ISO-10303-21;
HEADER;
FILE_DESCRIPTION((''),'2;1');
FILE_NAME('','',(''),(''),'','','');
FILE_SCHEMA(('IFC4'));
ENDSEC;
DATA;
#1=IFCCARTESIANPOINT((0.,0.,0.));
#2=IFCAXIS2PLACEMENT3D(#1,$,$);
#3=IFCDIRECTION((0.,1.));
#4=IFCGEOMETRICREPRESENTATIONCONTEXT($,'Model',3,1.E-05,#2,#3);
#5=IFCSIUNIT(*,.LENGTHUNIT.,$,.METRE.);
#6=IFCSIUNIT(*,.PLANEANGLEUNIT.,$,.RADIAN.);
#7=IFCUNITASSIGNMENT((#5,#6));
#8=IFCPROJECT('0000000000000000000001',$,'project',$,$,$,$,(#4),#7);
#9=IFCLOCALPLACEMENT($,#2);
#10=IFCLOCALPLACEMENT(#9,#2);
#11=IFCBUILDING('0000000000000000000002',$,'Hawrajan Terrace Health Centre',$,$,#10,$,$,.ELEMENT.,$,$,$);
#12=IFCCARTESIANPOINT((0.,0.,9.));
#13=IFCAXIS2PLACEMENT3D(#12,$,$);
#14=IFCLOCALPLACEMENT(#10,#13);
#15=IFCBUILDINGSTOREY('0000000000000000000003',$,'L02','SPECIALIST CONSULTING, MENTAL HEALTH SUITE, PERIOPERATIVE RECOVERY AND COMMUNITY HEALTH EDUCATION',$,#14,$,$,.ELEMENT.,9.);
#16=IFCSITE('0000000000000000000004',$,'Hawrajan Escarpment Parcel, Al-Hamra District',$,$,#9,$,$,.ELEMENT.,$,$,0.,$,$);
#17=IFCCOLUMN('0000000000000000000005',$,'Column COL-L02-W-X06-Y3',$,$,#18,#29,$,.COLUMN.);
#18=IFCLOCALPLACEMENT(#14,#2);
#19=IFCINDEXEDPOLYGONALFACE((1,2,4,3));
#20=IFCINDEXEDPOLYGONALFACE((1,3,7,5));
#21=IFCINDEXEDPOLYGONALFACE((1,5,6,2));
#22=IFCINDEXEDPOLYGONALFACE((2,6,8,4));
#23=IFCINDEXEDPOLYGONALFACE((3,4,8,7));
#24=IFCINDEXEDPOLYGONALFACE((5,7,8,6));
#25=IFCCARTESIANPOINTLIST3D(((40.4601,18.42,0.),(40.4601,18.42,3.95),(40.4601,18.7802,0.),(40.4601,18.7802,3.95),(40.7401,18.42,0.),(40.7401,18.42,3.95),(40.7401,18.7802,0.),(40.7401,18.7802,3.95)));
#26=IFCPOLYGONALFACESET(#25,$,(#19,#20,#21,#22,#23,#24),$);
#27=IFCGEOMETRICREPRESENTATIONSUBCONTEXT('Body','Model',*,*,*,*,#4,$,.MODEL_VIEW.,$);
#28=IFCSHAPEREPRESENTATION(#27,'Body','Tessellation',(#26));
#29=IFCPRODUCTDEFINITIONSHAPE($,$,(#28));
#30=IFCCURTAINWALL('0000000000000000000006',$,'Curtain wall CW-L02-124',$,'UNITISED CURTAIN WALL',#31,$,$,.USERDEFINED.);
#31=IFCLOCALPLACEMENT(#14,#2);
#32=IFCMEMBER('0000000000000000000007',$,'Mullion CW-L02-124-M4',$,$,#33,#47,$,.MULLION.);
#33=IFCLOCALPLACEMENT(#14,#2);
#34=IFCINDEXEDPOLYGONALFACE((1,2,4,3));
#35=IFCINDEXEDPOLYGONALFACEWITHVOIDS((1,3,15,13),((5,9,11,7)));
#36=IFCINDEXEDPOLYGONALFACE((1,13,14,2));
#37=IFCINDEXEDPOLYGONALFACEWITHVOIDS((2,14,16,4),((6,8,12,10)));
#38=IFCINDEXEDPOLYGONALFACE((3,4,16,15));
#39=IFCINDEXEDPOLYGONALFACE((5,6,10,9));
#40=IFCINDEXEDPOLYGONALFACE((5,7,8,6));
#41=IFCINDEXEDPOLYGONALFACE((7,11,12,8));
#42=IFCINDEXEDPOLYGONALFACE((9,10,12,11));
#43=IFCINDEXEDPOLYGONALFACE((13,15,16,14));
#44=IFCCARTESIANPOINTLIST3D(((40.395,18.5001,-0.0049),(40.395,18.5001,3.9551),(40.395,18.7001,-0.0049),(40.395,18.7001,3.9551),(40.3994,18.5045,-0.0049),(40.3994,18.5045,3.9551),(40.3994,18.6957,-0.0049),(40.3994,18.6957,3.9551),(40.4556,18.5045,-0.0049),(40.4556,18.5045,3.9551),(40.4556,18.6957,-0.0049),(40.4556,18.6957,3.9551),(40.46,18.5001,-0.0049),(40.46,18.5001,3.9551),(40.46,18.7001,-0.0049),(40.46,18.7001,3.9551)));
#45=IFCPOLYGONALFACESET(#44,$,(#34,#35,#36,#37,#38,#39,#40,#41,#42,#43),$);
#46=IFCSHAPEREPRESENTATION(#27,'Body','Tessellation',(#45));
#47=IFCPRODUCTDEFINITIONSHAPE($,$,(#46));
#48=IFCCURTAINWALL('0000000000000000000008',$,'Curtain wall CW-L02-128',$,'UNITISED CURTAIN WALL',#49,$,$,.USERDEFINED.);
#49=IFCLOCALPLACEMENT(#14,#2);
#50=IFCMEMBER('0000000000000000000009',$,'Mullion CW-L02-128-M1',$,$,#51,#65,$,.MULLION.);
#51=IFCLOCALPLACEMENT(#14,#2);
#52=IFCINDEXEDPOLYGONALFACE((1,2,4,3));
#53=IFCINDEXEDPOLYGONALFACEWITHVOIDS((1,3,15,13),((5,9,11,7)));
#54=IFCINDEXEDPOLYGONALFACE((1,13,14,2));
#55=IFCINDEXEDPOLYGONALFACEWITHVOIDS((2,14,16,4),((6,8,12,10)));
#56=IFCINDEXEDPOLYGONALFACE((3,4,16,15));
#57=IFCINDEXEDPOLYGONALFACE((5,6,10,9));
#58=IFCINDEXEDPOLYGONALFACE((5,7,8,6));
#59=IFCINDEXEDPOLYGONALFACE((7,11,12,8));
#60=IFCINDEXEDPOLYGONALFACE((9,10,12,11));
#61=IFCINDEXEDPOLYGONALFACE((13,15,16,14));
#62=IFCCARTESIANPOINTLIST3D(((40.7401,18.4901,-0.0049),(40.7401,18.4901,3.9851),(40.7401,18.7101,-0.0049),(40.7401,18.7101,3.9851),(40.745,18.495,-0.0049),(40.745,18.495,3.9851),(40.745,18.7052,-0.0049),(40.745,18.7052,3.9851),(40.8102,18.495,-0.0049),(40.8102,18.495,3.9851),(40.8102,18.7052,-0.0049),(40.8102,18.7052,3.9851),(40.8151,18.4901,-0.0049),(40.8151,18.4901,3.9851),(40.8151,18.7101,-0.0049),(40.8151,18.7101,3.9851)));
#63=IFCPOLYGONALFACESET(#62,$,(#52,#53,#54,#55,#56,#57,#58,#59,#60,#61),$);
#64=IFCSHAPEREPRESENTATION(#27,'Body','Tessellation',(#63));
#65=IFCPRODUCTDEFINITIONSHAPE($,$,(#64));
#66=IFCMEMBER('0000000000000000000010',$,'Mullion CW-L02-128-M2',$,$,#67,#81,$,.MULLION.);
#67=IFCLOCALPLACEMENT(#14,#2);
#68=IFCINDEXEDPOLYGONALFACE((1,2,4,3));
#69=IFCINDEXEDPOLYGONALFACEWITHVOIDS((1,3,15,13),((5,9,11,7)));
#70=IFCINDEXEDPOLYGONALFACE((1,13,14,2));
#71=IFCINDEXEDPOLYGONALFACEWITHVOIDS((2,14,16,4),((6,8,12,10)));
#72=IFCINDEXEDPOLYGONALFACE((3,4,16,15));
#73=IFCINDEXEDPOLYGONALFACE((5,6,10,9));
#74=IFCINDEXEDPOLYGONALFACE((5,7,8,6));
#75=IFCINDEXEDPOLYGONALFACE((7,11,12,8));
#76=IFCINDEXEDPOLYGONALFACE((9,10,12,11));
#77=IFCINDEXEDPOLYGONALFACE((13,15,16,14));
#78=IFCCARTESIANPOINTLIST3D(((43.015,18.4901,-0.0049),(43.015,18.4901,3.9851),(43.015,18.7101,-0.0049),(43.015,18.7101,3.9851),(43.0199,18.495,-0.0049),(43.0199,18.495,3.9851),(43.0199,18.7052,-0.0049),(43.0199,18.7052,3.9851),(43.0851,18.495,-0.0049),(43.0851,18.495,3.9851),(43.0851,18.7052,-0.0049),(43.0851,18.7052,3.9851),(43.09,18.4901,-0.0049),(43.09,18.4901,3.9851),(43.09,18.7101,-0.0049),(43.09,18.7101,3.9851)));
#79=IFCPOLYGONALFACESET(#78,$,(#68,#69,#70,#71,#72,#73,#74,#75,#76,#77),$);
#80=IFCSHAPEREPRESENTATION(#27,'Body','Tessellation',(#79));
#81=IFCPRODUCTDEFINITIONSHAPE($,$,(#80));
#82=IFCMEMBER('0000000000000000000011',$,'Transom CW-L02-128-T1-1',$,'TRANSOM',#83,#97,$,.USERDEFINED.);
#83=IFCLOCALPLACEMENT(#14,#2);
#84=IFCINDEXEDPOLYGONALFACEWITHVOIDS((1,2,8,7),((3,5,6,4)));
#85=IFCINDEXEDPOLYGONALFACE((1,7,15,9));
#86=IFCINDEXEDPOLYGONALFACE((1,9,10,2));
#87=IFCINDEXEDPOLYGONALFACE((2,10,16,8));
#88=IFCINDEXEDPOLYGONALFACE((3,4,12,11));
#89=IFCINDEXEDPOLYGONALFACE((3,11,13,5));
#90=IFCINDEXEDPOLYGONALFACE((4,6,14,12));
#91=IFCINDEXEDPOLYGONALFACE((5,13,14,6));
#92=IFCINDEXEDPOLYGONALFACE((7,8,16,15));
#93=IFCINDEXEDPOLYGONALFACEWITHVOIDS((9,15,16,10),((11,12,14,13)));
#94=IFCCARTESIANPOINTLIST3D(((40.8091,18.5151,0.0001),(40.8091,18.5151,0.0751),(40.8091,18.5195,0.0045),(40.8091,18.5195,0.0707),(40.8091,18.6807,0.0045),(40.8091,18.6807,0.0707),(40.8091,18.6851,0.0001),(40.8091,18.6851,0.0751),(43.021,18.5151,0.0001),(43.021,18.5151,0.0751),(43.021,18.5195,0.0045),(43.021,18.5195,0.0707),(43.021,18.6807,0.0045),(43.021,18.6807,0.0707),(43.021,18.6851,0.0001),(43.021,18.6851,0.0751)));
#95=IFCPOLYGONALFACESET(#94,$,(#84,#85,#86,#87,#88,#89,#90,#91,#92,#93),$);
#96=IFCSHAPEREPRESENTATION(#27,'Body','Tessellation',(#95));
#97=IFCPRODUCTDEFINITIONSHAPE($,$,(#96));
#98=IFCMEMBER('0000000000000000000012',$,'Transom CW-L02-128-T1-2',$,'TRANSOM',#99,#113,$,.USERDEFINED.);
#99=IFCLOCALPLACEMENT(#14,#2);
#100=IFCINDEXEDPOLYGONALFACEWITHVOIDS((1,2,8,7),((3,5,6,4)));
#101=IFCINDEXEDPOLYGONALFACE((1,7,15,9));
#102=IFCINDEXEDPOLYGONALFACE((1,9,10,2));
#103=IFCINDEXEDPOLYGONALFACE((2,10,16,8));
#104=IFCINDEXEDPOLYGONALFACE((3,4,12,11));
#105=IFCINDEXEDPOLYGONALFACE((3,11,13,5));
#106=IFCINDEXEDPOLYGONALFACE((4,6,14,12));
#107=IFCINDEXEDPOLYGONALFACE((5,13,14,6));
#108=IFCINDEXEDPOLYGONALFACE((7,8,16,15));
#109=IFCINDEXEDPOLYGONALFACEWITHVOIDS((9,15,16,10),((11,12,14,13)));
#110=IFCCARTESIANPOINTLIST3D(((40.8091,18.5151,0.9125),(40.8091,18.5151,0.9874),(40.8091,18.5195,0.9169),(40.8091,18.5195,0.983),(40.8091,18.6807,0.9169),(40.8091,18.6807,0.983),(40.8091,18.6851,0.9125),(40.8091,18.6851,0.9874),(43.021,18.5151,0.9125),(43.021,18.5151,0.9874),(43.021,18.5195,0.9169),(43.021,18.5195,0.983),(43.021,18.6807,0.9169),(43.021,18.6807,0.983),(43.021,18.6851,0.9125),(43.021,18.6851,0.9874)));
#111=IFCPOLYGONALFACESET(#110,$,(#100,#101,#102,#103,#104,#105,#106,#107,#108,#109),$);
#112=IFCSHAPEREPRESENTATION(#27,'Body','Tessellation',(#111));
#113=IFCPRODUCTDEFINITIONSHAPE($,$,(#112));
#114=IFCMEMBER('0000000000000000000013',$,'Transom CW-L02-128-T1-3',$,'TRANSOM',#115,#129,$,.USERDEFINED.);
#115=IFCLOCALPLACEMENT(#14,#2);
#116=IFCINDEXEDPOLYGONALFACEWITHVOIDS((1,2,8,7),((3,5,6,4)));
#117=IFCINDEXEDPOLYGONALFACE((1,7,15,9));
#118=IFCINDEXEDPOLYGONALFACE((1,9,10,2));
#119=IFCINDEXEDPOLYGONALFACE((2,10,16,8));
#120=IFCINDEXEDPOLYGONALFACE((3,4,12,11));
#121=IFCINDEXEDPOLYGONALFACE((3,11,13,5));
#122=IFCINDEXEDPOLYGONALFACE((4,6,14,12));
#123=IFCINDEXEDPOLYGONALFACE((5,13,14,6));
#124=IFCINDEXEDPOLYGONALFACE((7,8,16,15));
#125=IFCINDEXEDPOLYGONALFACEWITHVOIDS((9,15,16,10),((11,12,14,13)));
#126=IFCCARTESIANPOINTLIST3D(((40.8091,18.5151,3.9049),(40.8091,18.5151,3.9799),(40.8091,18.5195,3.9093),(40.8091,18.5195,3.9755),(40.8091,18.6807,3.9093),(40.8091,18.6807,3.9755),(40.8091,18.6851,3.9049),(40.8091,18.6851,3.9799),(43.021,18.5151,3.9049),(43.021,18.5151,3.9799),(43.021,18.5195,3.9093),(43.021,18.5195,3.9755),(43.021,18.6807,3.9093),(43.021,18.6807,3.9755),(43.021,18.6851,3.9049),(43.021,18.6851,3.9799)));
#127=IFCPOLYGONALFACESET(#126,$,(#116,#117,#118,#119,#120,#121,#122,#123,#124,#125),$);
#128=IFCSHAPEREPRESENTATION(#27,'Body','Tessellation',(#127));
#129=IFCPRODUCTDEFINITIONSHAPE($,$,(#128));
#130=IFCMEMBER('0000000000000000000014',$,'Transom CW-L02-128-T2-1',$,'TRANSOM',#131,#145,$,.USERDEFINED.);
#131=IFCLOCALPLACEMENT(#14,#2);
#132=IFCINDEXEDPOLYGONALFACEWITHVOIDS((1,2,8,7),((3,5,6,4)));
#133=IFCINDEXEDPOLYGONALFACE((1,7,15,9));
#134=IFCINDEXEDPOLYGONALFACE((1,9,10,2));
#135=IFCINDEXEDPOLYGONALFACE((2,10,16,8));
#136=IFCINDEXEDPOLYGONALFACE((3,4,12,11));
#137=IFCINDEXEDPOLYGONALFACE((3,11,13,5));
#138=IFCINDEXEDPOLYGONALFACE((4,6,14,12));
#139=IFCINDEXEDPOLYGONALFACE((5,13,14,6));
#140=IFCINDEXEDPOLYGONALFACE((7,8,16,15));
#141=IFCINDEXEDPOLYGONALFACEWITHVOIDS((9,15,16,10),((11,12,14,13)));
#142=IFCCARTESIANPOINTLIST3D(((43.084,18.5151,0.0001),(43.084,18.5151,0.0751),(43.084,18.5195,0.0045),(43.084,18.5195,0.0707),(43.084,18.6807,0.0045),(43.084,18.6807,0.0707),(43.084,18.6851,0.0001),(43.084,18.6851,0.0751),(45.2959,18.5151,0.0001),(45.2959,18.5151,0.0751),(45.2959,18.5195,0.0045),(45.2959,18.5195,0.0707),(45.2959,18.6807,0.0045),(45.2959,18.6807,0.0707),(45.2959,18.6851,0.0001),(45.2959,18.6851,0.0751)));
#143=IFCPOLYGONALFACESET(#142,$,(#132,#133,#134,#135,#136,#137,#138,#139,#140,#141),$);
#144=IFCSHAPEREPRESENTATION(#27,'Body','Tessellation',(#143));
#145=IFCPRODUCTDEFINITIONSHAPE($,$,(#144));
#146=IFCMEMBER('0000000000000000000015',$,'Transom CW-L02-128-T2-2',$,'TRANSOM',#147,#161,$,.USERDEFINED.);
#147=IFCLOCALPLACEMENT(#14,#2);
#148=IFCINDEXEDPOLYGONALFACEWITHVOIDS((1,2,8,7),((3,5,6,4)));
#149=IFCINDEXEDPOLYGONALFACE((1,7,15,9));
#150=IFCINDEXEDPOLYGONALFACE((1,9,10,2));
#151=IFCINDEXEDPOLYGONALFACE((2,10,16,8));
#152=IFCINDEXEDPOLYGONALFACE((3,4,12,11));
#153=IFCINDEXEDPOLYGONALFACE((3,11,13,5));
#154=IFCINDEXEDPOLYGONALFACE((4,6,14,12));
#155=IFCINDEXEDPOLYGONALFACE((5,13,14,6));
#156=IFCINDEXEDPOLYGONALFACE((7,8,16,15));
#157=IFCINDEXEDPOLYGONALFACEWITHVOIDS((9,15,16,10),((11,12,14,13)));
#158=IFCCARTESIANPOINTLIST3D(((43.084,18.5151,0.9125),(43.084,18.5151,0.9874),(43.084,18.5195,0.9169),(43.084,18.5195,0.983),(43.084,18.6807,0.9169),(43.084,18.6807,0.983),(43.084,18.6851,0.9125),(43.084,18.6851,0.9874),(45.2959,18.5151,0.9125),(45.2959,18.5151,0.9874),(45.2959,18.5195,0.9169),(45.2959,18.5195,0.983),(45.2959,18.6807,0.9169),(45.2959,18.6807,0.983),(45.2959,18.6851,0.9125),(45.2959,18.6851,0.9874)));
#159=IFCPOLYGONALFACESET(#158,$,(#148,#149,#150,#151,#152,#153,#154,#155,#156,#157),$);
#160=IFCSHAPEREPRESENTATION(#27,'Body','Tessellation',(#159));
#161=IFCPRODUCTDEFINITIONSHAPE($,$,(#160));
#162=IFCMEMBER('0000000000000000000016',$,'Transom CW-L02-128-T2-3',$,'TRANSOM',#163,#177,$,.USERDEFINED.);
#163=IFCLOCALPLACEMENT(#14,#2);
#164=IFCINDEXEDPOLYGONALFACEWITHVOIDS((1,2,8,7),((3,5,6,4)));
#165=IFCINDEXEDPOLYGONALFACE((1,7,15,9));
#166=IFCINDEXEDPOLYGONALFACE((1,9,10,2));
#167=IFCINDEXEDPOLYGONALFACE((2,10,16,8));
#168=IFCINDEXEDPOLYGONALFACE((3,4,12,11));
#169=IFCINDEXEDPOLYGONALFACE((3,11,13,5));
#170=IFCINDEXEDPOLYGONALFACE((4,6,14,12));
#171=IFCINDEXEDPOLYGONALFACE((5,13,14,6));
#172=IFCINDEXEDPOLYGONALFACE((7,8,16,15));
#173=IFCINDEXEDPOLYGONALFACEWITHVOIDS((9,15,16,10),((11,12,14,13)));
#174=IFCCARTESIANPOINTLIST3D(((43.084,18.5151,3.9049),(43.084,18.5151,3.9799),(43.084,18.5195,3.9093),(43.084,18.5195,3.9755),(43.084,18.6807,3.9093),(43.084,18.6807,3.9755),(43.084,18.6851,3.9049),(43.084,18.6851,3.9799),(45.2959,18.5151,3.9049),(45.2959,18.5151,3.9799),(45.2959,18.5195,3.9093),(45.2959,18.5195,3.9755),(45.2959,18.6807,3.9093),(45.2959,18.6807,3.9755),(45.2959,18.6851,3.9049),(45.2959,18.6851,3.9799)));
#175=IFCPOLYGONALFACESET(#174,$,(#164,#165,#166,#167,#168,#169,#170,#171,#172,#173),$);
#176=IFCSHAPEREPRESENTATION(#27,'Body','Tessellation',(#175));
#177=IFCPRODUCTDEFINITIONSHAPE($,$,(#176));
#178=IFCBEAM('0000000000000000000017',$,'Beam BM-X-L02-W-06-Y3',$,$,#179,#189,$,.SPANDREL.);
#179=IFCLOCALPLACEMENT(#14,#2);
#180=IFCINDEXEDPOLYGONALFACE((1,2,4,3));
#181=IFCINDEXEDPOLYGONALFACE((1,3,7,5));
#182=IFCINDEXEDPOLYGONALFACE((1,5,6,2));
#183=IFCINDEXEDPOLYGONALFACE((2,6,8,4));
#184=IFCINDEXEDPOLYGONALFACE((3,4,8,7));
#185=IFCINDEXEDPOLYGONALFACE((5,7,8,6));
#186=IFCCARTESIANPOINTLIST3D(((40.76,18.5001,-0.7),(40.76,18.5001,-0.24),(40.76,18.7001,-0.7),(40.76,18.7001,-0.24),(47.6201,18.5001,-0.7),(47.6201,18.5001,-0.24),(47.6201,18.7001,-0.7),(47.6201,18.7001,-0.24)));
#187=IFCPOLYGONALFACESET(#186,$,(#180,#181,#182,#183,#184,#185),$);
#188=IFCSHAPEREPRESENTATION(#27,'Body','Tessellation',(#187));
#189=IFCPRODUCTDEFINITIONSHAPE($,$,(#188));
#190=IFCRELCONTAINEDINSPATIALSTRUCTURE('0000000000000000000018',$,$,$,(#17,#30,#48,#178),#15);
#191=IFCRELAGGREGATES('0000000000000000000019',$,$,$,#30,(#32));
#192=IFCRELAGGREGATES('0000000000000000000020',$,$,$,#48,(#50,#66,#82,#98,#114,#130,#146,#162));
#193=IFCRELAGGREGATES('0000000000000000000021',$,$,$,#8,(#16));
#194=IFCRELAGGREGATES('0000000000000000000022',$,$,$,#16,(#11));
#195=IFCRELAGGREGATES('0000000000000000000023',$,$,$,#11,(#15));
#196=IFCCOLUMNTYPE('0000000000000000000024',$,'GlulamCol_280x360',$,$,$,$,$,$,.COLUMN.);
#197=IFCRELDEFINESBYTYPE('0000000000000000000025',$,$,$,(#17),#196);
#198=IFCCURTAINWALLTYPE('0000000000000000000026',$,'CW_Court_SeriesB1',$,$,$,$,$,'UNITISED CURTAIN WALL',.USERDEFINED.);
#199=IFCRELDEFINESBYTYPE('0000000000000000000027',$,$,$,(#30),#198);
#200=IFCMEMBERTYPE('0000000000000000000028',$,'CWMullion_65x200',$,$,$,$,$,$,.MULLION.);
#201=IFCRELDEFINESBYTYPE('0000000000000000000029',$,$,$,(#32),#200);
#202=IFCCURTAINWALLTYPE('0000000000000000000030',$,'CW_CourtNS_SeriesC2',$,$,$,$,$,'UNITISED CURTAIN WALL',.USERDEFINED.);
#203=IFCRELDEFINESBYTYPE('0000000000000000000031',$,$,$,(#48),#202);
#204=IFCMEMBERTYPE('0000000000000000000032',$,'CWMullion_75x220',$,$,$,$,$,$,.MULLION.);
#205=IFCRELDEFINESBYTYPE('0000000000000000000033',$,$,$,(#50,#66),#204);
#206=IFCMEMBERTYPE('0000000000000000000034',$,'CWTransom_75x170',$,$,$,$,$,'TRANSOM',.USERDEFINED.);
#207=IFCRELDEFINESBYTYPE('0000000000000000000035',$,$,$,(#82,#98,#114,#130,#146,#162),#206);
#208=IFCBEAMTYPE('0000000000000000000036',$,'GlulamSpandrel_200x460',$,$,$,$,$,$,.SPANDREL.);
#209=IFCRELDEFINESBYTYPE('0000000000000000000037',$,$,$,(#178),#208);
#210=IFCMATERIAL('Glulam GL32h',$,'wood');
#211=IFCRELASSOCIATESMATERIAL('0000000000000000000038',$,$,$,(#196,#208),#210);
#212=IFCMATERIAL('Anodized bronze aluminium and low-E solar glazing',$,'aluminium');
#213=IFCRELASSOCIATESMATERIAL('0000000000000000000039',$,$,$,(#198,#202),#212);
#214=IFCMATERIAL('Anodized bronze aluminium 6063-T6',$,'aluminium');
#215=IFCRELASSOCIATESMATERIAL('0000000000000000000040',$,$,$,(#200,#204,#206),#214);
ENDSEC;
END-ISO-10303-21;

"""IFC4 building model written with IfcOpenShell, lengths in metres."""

from ifc_helpers import new_model, si_unit, direction, frame, origin, origin_2d, place, context, subcontext, project, spatial, rectangle, hollow_rectangle, extrude, material, material_profile, profile_set, type_object, element, aggregate, save


model = new_model("IFC4")

# Units and contexts
model_context = context("Model", 3, precision=1e-05, world=origin(), true_north=direction((0.0, 1.0)))
body_context = subcontext(model_context, "Body", "Model", "MODEL_VIEW")
ifc_project = project(units=[si_unit("LENGTHUNIT", "METRE"), si_unit("PLANEANGLEUNIT", "RADIAN")], contexts=[model_context])

# Site, building, storey
site_placement = place(None, origin())
site = spatial("IfcSite", under=ifc_project, at=site_placement, Name="Hawrajan Escarpment Parcel, Al-Hamra District", CompositionType="ELEMENT", RefElevation=0.0)
building_placement = place(site_placement, origin())
building = spatial("IfcBuilding", under=site, at=building_placement, Name="Hawrajan Terrace Health Centre", CompositionType="ELEMENT")
storey_placement = place(building_placement, frame((0.0, 0.0, 9.0)))
storey = spatial("IfcBuildingStorey", under=building, at=storey_placement, Name="L02", Description="SPECIALIST CONSULTING, MENTAL HEALTH SUITE, PERIOPERATIVE RECOVERY AND COMMUNITY HEALTH EDUCATION", CompositionType="ELEMENT", Elevation=9.0)

# Column
ifc_material_1 = material(Name="Glulam GL32h", Category="wood")
ifc_material_profile_1 = material_profile(ifc_material_1, rectangle(XDim=0.28, YDim=0.3601, at=origin_2d()), Name="GL 280x360")
ifc_profile_set_1 = profile_set([ifc_material_profile_1], Name="Glulam GL32h")
column_type = type_object("IfcColumnType", Name="GlulamCol_280x360", PredefinedType="COLUMN", material=ifc_profile_set_1)
column_placement = place(storey_placement, frame((40.6001, 18.6001, 0.0), z_axis=(0.0, 0.0, 1.0), x_axis=(1.0, 0.0, 0.0)))
element("IfcColumn", 1, at=column_placement, inside=storey, type_object=column_type, Name="Column COL-L02-W-X06-Y3", PredefinedType="COLUMN", context=body_context, shape_type="SweptSolid", body=[
    extrude(rectangle(XDim=0.28, YDim=0.3601, at=origin_2d()), origin(), (0.0, 0.0, 1.0), 3.95),
])

# Curtain wall, member
ifc_material_2 = material(Name="Anodized bronze aluminium and low-E solar glazing", Category="aluminium")
curtain_wall_type_1 = type_object("IfcCurtainWallType", Name="CW_Court_SeriesB1", ElementType="UNITISED CURTAIN WALL", PredefinedType="USERDEFINED", material=ifc_material_2)
curtain_wall_1_placement = place(storey_placement, origin())
curtain_wall_1 = element("IfcCurtainWall", 2, at=curtain_wall_1_placement, inside=storey, type_object=curtain_wall_type_1, Name="Curtain wall CW-L02-124", ObjectType="UNITISED CURTAIN WALL", PredefinedType="USERDEFINED")
ifc_material_3 = material(Name="Anodized bronze aluminium 6063-T6", Category="aluminium")
ifc_material_profile_2 = material_profile(ifc_material_3, hollow_rectangle(XDim=0.0649, YDim=0.2, WallThickness=0.0044, at=origin_2d()), Name="CW MUL 65x200")
ifc_profile_set_2 = profile_set([ifc_material_profile_2], Name="Anodized bronze aluminium 6063-T6")
member_type_1 = type_object("IfcMemberType", Name="CWMullion_65x200", PredefinedType="MULLION", material=ifc_profile_set_2)
member_1_placement = place(storey_placement, frame((40.4275, 18.6001, -0.0049), z_axis=(0.0, 0.0, 1.0), x_axis=(1.0, 0.0, 0.0)))
member_1 = element("IfcMember", 3, at=member_1_placement, type_object=member_type_1, Name="Mullion CW-L02-124-M4", PredefinedType="MULLION", context=body_context, shape_type="SweptSolid", body=[
    extrude(hollow_rectangle(XDim=0.0649, YDim=0.2, WallThickness=0.0044, at=origin_2d()), origin(), (0.0, 0.0, 1.0), 3.96),
])
aggregate(curtain_wall_1, [member_1])

# Curtain wall, members
curtain_wall_type_2 = type_object("IfcCurtainWallType", Name="CW_CourtNS_SeriesC2", ElementType="UNITISED CURTAIN WALL", PredefinedType="USERDEFINED", material=ifc_material_2)
curtain_wall_2_placement = place(storey_placement, origin())
curtain_wall_2 = element("IfcCurtainWall", 4, at=curtain_wall_2_placement, inside=storey, type_object=curtain_wall_type_2, Name="Curtain wall CW-L02-128", ObjectType="UNITISED CURTAIN WALL", PredefinedType="USERDEFINED")
ifc_material_profile_3 = material_profile(ifc_material_3, hollow_rectangle(XDim=0.075, YDim=0.22, WallThickness=0.0049, at=origin_2d()), Name="CW MUL 75x220")
ifc_profile_set_3 = profile_set([ifc_material_profile_3], Name="Anodized bronze aluminium 6063-T6")
member_type_2 = type_object("IfcMemberType", Name="CWMullion_75x220", PredefinedType="MULLION", material=ifc_profile_set_3)
member_2_placement = place(storey_placement, frame((40.7776, 18.6001, -0.0049), z_axis=(0.0, 0.0, 1.0), x_axis=(1.0, 0.0, 0.0)))
member_2 = element("IfcMember", 5, at=member_2_placement, type_object=member_type_2, Name="Mullion CW-L02-128-M1", PredefinedType="MULLION", context=body_context, shape_type="SweptSolid", body=[
    extrude(hollow_rectangle(XDim=0.075, YDim=0.22, WallThickness=0.0049, at=origin_2d()), origin(), (0.0, 0.0, 1.0), 3.99),
])
member_3_placement = place(storey_placement, frame((43.0525, 18.6001, -0.0049), z_axis=(0.0, 0.0, 1.0), x_axis=(1.0, 0.0, 0.0)))
member_3 = element("IfcMember", 6, at=member_3_placement, type_object=member_type_2, Name="Mullion CW-L02-128-M2", PredefinedType="MULLION", context=body_context, shape_type="SweptSolid", body=[
    extrude(hollow_rectangle(XDim=0.075, YDim=0.22, WallThickness=0.0049, at=origin_2d()), origin(), (0.0, 0.0, 1.0), 3.99),
])
ifc_material_profile_4 = material_profile(ifc_material_3, hollow_rectangle(XDim=0.075, YDim=0.1699, WallThickness=0.0044, at=origin_2d()), Name="CW TRN 75x170")
ifc_profile_set_4 = profile_set([ifc_material_profile_4], Name="Anodized bronze aluminium 6063-T6")
member_type_3 = type_object("IfcMemberType", Name="CWTransom_75x170", ElementType="TRANSOM", PredefinedType="USERDEFINED", material=ifc_profile_set_4)
member_4_placement = place(storey_placement, frame((40.8091, 18.6001, 0.0376), z_axis=(1.0, 0.0, 0.0), x_axis=(0.0, 0.0, 1.0)))
member_4 = element("IfcMember", 7, at=member_4_placement, type_object=member_type_3, Name="Transom CW-L02-128-T1-1", ObjectType="TRANSOM", PredefinedType="USERDEFINED", context=body_context, shape_type="SweptSolid", body=[
    extrude(hollow_rectangle(XDim=0.075, YDim=0.1699, WallThickness=0.0044, at=origin_2d()), origin(), (0.0, 0.0, 1.0), 2.2119),
])
member_5_placement = place(storey_placement, frame((40.8091, 18.6001, 0.95), z_axis=(1.0, 0.0, 0.0), x_axis=(0.0, 0.0, 1.0)))
member_5 = element("IfcMember", 8, at=member_5_placement, type_object=member_type_3, Name="Transom CW-L02-128-T1-2", ObjectType="TRANSOM", PredefinedType="USERDEFINED", context=body_context, shape_type="SweptSolid", body=[
    extrude(hollow_rectangle(XDim=0.075, YDim=0.1699, WallThickness=0.0044, at=origin_2d()), origin(), (0.0, 0.0, 1.0), 2.2119),
])
member_6_placement = place(storey_placement, frame((40.8091, 18.6001, 3.9424), z_axis=(1.0, 0.0, 0.0), x_axis=(0.0, 0.0, 1.0)))
member_6 = element("IfcMember", 9, at=member_6_placement, type_object=member_type_3, Name="Transom CW-L02-128-T1-3", ObjectType="TRANSOM", PredefinedType="USERDEFINED", context=body_context, shape_type="SweptSolid", body=[
    extrude(hollow_rectangle(XDim=0.075, YDim=0.1699, WallThickness=0.0044, at=origin_2d()), origin(), (0.0, 0.0, 1.0), 2.2119),
])
member_7_placement = place(storey_placement, frame((43.084, 18.6001, 0.0376), z_axis=(1.0, 0.0, 0.0), x_axis=(0.0, 0.0, 1.0)))
member_7 = element("IfcMember", 10, at=member_7_placement, type_object=member_type_3, Name="Transom CW-L02-128-T2-1", ObjectType="TRANSOM", PredefinedType="USERDEFINED", context=body_context, shape_type="SweptSolid", body=[
    extrude(hollow_rectangle(XDim=0.075, YDim=0.1699, WallThickness=0.0044, at=origin_2d()), origin(), (0.0, 0.0, 1.0), 2.2119),
])
member_8_placement = place(storey_placement, frame((43.084, 18.6001, 0.95), z_axis=(1.0, 0.0, 0.0), x_axis=(0.0, 0.0, 1.0)))
member_8 = element("IfcMember", 11, at=member_8_placement, type_object=member_type_3, Name="Transom CW-L02-128-T2-2", ObjectType="TRANSOM", PredefinedType="USERDEFINED", context=body_context, shape_type="SweptSolid", body=[
    extrude(hollow_rectangle(XDim=0.075, YDim=0.1699, WallThickness=0.0044, at=origin_2d()), origin(), (0.0, 0.0, 1.0), 2.2119),
])
member_9_placement = place(storey_placement, frame((43.084, 18.6001, 3.9424), z_axis=(1.0, 0.0, 0.0), x_axis=(0.0, 0.0, 1.0)))
member_9 = element("IfcMember", 12, at=member_9_placement, type_object=member_type_3, Name="Transom CW-L02-128-T2-3", ObjectType="TRANSOM", PredefinedType="USERDEFINED", context=body_context, shape_type="SweptSolid", body=[
    extrude(hollow_rectangle(XDim=0.075, YDim=0.1699, WallThickness=0.0044, at=origin_2d()), origin(), (0.0, 0.0, 1.0), 2.2119),
])

# Beam
ifc_material_profile_5 = material_profile(ifc_material_1, rectangle(XDim=0.2, YDim=0.46, at=origin_2d()), Name="GL SP 200x460")
ifc_profile_set_5 = profile_set([ifc_material_profile_5], Name="Glulam GL32h")
beam_type_1 = type_object("IfcBeamType", Name="GlulamSpandrel_200x460", PredefinedType="SPANDREL", material=ifc_profile_set_5)
beam_1_placement = place(storey_placement, frame((40.76, 18.6001, -0.47), z_axis=(1.0, 0.0, 0.0), x_axis=(0.0, 1.0, 0.0)))
element("IfcBeam", 13, at=beam_1_placement, inside=storey, type_object=beam_type_1, Name="Beam BM-X-L02-W-06-Y3", PredefinedType="SPANDREL", context=body_context, shape_type="SweptSolid", body=[
    extrude(rectangle(XDim=0.2, YDim=0.46, at=origin_2d()), origin(), (0.0, 0.0, 1.0), 6.8601),
])

aggregate(curtain_wall_2, [member_2, member_3, member_4, member_5, member_6, member_7, member_8, member_9])

save(model, "model.ifc")
